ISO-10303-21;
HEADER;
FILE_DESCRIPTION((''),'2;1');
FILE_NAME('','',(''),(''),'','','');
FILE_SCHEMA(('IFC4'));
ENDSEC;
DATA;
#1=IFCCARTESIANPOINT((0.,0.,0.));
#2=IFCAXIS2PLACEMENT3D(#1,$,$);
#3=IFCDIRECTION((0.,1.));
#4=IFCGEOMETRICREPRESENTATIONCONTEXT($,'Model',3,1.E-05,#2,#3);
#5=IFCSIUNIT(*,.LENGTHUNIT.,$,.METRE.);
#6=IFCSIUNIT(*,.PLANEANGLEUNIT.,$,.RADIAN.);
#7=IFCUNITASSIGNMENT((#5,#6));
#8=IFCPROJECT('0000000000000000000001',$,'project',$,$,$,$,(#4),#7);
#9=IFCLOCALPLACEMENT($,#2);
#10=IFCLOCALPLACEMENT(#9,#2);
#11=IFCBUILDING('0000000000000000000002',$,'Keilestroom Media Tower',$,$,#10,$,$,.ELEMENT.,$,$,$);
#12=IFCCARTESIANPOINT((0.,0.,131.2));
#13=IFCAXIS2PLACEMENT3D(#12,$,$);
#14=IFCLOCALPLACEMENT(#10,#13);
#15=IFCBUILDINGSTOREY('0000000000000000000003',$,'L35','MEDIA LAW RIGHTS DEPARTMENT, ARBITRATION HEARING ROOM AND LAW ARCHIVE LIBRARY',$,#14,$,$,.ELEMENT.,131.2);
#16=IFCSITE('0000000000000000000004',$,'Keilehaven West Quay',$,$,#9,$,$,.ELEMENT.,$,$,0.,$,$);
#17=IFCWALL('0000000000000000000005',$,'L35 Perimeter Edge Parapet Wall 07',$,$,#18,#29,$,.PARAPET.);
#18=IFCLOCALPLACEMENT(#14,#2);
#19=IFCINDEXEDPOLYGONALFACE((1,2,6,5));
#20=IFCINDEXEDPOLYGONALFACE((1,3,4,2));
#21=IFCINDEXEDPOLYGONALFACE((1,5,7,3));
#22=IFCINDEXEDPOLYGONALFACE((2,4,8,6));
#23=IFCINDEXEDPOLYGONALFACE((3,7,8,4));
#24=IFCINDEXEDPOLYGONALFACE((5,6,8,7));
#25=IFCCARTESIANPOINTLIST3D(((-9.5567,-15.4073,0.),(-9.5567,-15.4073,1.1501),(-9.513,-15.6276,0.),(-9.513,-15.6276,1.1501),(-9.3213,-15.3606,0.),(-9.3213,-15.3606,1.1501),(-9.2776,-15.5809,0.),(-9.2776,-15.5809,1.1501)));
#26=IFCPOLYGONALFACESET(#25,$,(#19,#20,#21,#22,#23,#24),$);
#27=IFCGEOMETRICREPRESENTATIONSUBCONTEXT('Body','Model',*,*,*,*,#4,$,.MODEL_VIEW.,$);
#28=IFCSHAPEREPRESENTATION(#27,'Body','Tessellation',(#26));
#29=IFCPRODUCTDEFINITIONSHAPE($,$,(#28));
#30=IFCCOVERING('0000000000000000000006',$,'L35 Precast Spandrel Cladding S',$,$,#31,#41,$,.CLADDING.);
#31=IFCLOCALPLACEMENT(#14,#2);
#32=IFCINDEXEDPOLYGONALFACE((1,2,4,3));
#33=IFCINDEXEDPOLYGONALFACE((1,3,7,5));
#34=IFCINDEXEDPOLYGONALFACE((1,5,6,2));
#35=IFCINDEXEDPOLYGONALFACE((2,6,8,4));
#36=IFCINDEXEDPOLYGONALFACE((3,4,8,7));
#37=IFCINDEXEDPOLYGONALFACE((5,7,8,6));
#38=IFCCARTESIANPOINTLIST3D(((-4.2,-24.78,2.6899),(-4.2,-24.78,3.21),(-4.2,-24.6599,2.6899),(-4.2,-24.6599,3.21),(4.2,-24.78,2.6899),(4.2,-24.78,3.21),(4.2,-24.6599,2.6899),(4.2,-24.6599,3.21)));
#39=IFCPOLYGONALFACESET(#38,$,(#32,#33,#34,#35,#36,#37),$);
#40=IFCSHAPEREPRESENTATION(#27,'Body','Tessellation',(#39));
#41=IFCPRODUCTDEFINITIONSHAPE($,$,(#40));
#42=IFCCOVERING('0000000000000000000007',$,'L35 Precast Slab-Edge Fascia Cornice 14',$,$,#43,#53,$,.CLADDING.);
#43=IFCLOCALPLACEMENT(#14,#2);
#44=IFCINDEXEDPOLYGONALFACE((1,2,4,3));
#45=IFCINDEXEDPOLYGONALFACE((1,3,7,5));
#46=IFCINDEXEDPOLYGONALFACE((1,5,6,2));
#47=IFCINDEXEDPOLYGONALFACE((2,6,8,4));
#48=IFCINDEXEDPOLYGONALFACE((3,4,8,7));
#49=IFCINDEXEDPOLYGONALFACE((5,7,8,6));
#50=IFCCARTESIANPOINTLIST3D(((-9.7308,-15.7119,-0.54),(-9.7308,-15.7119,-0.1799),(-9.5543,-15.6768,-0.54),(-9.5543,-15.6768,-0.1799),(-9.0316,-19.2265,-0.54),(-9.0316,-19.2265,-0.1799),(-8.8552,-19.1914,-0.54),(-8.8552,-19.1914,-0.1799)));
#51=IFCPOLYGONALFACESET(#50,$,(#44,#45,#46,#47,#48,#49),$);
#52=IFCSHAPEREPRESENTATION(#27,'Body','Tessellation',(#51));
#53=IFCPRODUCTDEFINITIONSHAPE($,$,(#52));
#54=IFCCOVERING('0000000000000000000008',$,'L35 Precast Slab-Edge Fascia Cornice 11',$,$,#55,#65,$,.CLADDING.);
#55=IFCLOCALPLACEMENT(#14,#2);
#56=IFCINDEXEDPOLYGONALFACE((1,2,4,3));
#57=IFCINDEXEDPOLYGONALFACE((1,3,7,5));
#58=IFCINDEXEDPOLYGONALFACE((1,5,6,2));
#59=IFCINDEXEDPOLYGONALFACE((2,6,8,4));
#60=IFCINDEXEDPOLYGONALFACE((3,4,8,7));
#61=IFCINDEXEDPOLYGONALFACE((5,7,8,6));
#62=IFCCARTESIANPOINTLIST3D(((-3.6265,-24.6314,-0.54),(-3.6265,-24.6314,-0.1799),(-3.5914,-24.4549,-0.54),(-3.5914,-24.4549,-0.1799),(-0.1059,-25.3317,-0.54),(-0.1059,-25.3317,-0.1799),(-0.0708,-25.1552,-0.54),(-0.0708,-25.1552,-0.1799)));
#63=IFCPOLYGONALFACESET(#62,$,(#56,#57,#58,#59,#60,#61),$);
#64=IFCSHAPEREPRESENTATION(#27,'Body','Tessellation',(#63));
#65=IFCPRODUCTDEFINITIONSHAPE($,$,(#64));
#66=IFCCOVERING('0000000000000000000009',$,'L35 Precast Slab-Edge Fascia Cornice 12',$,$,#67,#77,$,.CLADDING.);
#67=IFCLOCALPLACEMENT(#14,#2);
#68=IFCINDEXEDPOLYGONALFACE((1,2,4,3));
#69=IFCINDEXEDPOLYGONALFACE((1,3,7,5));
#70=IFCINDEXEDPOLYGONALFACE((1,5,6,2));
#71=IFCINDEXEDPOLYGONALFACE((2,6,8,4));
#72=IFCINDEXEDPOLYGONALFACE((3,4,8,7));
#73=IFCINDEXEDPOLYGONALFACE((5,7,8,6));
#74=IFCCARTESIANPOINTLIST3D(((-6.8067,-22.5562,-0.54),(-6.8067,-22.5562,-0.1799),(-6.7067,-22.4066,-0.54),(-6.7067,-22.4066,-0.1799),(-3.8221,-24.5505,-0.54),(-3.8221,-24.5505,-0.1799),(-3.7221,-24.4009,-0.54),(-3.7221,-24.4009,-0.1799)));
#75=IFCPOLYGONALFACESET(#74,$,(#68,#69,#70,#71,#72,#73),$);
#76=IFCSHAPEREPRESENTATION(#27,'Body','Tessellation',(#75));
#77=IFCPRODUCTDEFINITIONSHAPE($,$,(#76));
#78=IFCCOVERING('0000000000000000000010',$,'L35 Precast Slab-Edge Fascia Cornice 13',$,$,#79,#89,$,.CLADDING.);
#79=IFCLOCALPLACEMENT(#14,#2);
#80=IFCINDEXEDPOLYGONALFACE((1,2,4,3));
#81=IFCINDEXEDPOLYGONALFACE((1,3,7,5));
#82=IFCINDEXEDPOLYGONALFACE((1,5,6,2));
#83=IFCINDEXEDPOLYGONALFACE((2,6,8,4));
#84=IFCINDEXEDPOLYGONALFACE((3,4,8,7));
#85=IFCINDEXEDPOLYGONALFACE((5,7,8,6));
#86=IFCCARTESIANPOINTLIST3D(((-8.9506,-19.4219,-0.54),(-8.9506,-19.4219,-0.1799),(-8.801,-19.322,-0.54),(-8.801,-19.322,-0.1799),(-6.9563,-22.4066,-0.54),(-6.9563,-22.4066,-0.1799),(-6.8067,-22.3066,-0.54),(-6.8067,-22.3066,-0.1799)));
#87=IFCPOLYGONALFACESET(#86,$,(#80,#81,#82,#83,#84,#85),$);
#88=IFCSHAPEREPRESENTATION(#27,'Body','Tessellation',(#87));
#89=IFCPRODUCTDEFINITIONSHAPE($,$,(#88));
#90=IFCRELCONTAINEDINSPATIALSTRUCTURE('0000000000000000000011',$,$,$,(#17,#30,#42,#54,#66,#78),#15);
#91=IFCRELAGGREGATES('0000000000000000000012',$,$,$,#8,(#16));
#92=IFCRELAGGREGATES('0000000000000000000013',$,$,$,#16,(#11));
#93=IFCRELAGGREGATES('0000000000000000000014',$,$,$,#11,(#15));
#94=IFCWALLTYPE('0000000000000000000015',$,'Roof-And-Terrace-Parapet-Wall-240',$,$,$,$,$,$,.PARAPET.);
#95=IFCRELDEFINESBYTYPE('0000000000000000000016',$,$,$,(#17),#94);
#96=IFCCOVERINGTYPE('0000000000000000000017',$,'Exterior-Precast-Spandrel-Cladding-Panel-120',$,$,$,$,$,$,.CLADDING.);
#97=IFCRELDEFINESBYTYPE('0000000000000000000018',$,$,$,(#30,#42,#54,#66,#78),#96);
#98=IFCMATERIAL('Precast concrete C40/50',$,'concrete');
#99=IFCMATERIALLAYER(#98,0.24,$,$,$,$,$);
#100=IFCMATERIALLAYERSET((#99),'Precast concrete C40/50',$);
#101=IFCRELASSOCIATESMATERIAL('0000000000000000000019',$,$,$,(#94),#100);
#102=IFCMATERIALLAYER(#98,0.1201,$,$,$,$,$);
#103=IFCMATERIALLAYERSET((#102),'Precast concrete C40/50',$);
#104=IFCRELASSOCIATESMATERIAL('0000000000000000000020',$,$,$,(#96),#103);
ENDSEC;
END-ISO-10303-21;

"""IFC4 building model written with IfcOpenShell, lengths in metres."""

from ifc_helpers import new_model, si_unit, direction, frame, frame_2d, origin, origin_2d, place, context, subcontext, project, spatial, rectangle, extrude, source, transform, mapped, material, layer, layer_set, type_object, element, save


model = new_model("IFC4")

# Units and contexts
model_context = context("Model", 3, precision=1e-05, world=origin(), true_north=direction((0.0, 1.0)))
body_context = subcontext(model_context, "Body", "Model", "MODEL_VIEW")
ifc_project = project(units=[si_unit("LENGTHUNIT", "METRE"), si_unit("PLANEANGLEUNIT", "RADIAN")], contexts=[model_context])

# Site, building, storey
site_placement = place(None, origin())
site = spatial("IfcSite", under=ifc_project, at=site_placement, Name="Keilehaven West Quay", CompositionType="ELEMENT", RefElevation=0.0)
building_placement = place(site_placement, origin())
building = spatial("IfcBuilding", under=site, at=building_placement, Name="Keilestroom Media Tower", CompositionType="ELEMENT")
storey_placement = place(building_placement, frame((0.0, 0.0, 131.2)))
storey = spatial("IfcBuildingStorey", under=building, at=storey_placement, Name="L35", Description="MEDIA LAW RIGHTS DEPARTMENT, ARBITRATION HEARING ROOM AND LAW ARCHIVE LIBRARY", CompositionType="ELEMENT", Elevation=131.2)

# Shared definitions
ifc_material_1 = material(Name="Precast concrete C40/50", Category="concrete")

# Wall
ifc_layer_1 = layer(ifc_material_1, 0.24)
ifc_layer_set_1 = layer_set([ifc_layer_1], Name="Precast concrete C40/50")
wall_type_1 = type_object("IfcWallType", Name="Roof-And-Terrace-Parapet-Wall-240", PredefinedType="PARAPET", material=ifc_layer_set_1)
wall_1_placement = place(storey_placement, frame((-9.3953, -15.6042, 0.0), z_axis=(0.0, 0.0, 1.0), x_axis=(-0.194652, 0.980872, 0.0)))
element("IfcWall", 1, at=wall_1_placement, inside=storey, type_object=wall_type_1, Name="L35 Perimeter Edge Parapet Wall 07", PredefinedType="PARAPET", context=body_context, shape_type="SweptSolid", body=[
    extrude(rectangle(XDim=0.2246, YDim=0.24, at=frame_2d((0.1123, 0.0))), origin(), (0.0, 0.0, 1.0), 1.1501),
])

# Coverings
ifc_layer_2 = layer(ifc_material_1, 0.1201)
ifc_layer_set_2 = layer_set([ifc_layer_2], Name="Precast concrete C40/50")
covering_type = type_object("IfcCoveringType", Name="Exterior-Precast-Spandrel-Cladding-Panel-120", PredefinedType="CLADDING", material=ifc_layer_set_2)
shared_shape_1 = source(origin(), body_context, "Body", "SweptSolid", [
    extrude(rectangle(XDim=8.3999, YDim=0.1201, at=origin_2d()), origin(), (0.0, 0.0, 1.0), 0.52),
])
covering_1_placement = place(storey_placement, frame((0.0, -24.72, 2.6899), z_axis=(0.0, 0.0, 1.0), x_axis=(1.0, 0.0, 0.0)))
element("IfcCovering", 2, at=covering_1_placement, inside=storey, type_object=covering_type, Name="L35 Precast Spandrel Cladding S", PredefinedType="CLADDING", context=body_context, shape_type="MappedRepresentation", body=[
    mapped(shared_shape_1, transform((0.0, 0.0, 0.0), x_axis=(1.0, 0.0, 0.0), y_axis=(0.0, 1.0, 0.0), z_axis=(0.0, 0.0, 1.0), scale=1.0)),
])
shared_shape_2 = source(origin(), body_context, "Body", "SweptSolid", [
    extrude(rectangle(XDim=3.5835, YDim=0.1799, at=origin_2d()), origin(), (0.0, 0.0, 1.0), 0.3601),
])
covering_2_placement = place(storey_placement, frame((-9.293, -17.4517, -0.54), z_axis=(0.0, 0.0, 1.0), x_axis=(-0.195099, 0.980784, 0.0)))
element("IfcCovering", 3, at=covering_2_placement, inside=storey, type_object=covering_type, Name="L35 Precast Slab-Edge Fascia Cornice 14", PredefinedType="CLADDING", context=body_context, shape_type="MappedRepresentation", body=[
    mapped(shared_shape_2, transform((0.0, 0.0, 0.0), x_axis=(1.0, 0.0, 0.0), y_axis=(0.0, 1.0, 0.0), z_axis=(0.0, 0.0, 1.0), scale=1.0)),
])
shared_shape_3 = source(origin(), body_context, "Body", "SweptSolid", [
    extrude(rectangle(XDim=3.5896, YDim=0.1799, at=origin_2d()), origin(), (0.0, 0.0, 1.0), 0.3601),
])
for number, where, z_axis, x_axis, name in (
    (4, (-1.8486, -24.8933, -0.54), (0.0, 0.0, 1.0), (-0.980784, 0.195099, 0.0), "L35 Precast Slab-Edge Fascia Cornice 11"),
    (5, (-5.2644, -23.4785, -0.54), (0.0, 0.0, 1.0), (-0.831467, 0.555575, 0.0), "L35 Precast Slab-Edge Fascia Cornice 12"),
    (6, (-7.8787, -20.8643, -0.54), (0.0, 0.0, 1.0), (-0.555575, 0.831467, 0.0), "L35 Precast Slab-Edge Fascia Cornice 13"),
):
    element("IfcCovering", number, at=place(storey_placement, frame(where, z_axis=z_axis, x_axis=x_axis)), inside=storey, type_object=covering_type, Name=name, PredefinedType="CLADDING", context=body_context, shape_type="MappedRepresentation", body=[
        mapped(shared_shape_3, transform((0.0, 0.0, 0.0), x_axis=(1.0, 0.0, 0.0), y_axis=(0.0, 1.0, 0.0), z_axis=(0.0, 0.0, 1.0), scale=1.0)),
    ])

save(model, "model.ifc")
